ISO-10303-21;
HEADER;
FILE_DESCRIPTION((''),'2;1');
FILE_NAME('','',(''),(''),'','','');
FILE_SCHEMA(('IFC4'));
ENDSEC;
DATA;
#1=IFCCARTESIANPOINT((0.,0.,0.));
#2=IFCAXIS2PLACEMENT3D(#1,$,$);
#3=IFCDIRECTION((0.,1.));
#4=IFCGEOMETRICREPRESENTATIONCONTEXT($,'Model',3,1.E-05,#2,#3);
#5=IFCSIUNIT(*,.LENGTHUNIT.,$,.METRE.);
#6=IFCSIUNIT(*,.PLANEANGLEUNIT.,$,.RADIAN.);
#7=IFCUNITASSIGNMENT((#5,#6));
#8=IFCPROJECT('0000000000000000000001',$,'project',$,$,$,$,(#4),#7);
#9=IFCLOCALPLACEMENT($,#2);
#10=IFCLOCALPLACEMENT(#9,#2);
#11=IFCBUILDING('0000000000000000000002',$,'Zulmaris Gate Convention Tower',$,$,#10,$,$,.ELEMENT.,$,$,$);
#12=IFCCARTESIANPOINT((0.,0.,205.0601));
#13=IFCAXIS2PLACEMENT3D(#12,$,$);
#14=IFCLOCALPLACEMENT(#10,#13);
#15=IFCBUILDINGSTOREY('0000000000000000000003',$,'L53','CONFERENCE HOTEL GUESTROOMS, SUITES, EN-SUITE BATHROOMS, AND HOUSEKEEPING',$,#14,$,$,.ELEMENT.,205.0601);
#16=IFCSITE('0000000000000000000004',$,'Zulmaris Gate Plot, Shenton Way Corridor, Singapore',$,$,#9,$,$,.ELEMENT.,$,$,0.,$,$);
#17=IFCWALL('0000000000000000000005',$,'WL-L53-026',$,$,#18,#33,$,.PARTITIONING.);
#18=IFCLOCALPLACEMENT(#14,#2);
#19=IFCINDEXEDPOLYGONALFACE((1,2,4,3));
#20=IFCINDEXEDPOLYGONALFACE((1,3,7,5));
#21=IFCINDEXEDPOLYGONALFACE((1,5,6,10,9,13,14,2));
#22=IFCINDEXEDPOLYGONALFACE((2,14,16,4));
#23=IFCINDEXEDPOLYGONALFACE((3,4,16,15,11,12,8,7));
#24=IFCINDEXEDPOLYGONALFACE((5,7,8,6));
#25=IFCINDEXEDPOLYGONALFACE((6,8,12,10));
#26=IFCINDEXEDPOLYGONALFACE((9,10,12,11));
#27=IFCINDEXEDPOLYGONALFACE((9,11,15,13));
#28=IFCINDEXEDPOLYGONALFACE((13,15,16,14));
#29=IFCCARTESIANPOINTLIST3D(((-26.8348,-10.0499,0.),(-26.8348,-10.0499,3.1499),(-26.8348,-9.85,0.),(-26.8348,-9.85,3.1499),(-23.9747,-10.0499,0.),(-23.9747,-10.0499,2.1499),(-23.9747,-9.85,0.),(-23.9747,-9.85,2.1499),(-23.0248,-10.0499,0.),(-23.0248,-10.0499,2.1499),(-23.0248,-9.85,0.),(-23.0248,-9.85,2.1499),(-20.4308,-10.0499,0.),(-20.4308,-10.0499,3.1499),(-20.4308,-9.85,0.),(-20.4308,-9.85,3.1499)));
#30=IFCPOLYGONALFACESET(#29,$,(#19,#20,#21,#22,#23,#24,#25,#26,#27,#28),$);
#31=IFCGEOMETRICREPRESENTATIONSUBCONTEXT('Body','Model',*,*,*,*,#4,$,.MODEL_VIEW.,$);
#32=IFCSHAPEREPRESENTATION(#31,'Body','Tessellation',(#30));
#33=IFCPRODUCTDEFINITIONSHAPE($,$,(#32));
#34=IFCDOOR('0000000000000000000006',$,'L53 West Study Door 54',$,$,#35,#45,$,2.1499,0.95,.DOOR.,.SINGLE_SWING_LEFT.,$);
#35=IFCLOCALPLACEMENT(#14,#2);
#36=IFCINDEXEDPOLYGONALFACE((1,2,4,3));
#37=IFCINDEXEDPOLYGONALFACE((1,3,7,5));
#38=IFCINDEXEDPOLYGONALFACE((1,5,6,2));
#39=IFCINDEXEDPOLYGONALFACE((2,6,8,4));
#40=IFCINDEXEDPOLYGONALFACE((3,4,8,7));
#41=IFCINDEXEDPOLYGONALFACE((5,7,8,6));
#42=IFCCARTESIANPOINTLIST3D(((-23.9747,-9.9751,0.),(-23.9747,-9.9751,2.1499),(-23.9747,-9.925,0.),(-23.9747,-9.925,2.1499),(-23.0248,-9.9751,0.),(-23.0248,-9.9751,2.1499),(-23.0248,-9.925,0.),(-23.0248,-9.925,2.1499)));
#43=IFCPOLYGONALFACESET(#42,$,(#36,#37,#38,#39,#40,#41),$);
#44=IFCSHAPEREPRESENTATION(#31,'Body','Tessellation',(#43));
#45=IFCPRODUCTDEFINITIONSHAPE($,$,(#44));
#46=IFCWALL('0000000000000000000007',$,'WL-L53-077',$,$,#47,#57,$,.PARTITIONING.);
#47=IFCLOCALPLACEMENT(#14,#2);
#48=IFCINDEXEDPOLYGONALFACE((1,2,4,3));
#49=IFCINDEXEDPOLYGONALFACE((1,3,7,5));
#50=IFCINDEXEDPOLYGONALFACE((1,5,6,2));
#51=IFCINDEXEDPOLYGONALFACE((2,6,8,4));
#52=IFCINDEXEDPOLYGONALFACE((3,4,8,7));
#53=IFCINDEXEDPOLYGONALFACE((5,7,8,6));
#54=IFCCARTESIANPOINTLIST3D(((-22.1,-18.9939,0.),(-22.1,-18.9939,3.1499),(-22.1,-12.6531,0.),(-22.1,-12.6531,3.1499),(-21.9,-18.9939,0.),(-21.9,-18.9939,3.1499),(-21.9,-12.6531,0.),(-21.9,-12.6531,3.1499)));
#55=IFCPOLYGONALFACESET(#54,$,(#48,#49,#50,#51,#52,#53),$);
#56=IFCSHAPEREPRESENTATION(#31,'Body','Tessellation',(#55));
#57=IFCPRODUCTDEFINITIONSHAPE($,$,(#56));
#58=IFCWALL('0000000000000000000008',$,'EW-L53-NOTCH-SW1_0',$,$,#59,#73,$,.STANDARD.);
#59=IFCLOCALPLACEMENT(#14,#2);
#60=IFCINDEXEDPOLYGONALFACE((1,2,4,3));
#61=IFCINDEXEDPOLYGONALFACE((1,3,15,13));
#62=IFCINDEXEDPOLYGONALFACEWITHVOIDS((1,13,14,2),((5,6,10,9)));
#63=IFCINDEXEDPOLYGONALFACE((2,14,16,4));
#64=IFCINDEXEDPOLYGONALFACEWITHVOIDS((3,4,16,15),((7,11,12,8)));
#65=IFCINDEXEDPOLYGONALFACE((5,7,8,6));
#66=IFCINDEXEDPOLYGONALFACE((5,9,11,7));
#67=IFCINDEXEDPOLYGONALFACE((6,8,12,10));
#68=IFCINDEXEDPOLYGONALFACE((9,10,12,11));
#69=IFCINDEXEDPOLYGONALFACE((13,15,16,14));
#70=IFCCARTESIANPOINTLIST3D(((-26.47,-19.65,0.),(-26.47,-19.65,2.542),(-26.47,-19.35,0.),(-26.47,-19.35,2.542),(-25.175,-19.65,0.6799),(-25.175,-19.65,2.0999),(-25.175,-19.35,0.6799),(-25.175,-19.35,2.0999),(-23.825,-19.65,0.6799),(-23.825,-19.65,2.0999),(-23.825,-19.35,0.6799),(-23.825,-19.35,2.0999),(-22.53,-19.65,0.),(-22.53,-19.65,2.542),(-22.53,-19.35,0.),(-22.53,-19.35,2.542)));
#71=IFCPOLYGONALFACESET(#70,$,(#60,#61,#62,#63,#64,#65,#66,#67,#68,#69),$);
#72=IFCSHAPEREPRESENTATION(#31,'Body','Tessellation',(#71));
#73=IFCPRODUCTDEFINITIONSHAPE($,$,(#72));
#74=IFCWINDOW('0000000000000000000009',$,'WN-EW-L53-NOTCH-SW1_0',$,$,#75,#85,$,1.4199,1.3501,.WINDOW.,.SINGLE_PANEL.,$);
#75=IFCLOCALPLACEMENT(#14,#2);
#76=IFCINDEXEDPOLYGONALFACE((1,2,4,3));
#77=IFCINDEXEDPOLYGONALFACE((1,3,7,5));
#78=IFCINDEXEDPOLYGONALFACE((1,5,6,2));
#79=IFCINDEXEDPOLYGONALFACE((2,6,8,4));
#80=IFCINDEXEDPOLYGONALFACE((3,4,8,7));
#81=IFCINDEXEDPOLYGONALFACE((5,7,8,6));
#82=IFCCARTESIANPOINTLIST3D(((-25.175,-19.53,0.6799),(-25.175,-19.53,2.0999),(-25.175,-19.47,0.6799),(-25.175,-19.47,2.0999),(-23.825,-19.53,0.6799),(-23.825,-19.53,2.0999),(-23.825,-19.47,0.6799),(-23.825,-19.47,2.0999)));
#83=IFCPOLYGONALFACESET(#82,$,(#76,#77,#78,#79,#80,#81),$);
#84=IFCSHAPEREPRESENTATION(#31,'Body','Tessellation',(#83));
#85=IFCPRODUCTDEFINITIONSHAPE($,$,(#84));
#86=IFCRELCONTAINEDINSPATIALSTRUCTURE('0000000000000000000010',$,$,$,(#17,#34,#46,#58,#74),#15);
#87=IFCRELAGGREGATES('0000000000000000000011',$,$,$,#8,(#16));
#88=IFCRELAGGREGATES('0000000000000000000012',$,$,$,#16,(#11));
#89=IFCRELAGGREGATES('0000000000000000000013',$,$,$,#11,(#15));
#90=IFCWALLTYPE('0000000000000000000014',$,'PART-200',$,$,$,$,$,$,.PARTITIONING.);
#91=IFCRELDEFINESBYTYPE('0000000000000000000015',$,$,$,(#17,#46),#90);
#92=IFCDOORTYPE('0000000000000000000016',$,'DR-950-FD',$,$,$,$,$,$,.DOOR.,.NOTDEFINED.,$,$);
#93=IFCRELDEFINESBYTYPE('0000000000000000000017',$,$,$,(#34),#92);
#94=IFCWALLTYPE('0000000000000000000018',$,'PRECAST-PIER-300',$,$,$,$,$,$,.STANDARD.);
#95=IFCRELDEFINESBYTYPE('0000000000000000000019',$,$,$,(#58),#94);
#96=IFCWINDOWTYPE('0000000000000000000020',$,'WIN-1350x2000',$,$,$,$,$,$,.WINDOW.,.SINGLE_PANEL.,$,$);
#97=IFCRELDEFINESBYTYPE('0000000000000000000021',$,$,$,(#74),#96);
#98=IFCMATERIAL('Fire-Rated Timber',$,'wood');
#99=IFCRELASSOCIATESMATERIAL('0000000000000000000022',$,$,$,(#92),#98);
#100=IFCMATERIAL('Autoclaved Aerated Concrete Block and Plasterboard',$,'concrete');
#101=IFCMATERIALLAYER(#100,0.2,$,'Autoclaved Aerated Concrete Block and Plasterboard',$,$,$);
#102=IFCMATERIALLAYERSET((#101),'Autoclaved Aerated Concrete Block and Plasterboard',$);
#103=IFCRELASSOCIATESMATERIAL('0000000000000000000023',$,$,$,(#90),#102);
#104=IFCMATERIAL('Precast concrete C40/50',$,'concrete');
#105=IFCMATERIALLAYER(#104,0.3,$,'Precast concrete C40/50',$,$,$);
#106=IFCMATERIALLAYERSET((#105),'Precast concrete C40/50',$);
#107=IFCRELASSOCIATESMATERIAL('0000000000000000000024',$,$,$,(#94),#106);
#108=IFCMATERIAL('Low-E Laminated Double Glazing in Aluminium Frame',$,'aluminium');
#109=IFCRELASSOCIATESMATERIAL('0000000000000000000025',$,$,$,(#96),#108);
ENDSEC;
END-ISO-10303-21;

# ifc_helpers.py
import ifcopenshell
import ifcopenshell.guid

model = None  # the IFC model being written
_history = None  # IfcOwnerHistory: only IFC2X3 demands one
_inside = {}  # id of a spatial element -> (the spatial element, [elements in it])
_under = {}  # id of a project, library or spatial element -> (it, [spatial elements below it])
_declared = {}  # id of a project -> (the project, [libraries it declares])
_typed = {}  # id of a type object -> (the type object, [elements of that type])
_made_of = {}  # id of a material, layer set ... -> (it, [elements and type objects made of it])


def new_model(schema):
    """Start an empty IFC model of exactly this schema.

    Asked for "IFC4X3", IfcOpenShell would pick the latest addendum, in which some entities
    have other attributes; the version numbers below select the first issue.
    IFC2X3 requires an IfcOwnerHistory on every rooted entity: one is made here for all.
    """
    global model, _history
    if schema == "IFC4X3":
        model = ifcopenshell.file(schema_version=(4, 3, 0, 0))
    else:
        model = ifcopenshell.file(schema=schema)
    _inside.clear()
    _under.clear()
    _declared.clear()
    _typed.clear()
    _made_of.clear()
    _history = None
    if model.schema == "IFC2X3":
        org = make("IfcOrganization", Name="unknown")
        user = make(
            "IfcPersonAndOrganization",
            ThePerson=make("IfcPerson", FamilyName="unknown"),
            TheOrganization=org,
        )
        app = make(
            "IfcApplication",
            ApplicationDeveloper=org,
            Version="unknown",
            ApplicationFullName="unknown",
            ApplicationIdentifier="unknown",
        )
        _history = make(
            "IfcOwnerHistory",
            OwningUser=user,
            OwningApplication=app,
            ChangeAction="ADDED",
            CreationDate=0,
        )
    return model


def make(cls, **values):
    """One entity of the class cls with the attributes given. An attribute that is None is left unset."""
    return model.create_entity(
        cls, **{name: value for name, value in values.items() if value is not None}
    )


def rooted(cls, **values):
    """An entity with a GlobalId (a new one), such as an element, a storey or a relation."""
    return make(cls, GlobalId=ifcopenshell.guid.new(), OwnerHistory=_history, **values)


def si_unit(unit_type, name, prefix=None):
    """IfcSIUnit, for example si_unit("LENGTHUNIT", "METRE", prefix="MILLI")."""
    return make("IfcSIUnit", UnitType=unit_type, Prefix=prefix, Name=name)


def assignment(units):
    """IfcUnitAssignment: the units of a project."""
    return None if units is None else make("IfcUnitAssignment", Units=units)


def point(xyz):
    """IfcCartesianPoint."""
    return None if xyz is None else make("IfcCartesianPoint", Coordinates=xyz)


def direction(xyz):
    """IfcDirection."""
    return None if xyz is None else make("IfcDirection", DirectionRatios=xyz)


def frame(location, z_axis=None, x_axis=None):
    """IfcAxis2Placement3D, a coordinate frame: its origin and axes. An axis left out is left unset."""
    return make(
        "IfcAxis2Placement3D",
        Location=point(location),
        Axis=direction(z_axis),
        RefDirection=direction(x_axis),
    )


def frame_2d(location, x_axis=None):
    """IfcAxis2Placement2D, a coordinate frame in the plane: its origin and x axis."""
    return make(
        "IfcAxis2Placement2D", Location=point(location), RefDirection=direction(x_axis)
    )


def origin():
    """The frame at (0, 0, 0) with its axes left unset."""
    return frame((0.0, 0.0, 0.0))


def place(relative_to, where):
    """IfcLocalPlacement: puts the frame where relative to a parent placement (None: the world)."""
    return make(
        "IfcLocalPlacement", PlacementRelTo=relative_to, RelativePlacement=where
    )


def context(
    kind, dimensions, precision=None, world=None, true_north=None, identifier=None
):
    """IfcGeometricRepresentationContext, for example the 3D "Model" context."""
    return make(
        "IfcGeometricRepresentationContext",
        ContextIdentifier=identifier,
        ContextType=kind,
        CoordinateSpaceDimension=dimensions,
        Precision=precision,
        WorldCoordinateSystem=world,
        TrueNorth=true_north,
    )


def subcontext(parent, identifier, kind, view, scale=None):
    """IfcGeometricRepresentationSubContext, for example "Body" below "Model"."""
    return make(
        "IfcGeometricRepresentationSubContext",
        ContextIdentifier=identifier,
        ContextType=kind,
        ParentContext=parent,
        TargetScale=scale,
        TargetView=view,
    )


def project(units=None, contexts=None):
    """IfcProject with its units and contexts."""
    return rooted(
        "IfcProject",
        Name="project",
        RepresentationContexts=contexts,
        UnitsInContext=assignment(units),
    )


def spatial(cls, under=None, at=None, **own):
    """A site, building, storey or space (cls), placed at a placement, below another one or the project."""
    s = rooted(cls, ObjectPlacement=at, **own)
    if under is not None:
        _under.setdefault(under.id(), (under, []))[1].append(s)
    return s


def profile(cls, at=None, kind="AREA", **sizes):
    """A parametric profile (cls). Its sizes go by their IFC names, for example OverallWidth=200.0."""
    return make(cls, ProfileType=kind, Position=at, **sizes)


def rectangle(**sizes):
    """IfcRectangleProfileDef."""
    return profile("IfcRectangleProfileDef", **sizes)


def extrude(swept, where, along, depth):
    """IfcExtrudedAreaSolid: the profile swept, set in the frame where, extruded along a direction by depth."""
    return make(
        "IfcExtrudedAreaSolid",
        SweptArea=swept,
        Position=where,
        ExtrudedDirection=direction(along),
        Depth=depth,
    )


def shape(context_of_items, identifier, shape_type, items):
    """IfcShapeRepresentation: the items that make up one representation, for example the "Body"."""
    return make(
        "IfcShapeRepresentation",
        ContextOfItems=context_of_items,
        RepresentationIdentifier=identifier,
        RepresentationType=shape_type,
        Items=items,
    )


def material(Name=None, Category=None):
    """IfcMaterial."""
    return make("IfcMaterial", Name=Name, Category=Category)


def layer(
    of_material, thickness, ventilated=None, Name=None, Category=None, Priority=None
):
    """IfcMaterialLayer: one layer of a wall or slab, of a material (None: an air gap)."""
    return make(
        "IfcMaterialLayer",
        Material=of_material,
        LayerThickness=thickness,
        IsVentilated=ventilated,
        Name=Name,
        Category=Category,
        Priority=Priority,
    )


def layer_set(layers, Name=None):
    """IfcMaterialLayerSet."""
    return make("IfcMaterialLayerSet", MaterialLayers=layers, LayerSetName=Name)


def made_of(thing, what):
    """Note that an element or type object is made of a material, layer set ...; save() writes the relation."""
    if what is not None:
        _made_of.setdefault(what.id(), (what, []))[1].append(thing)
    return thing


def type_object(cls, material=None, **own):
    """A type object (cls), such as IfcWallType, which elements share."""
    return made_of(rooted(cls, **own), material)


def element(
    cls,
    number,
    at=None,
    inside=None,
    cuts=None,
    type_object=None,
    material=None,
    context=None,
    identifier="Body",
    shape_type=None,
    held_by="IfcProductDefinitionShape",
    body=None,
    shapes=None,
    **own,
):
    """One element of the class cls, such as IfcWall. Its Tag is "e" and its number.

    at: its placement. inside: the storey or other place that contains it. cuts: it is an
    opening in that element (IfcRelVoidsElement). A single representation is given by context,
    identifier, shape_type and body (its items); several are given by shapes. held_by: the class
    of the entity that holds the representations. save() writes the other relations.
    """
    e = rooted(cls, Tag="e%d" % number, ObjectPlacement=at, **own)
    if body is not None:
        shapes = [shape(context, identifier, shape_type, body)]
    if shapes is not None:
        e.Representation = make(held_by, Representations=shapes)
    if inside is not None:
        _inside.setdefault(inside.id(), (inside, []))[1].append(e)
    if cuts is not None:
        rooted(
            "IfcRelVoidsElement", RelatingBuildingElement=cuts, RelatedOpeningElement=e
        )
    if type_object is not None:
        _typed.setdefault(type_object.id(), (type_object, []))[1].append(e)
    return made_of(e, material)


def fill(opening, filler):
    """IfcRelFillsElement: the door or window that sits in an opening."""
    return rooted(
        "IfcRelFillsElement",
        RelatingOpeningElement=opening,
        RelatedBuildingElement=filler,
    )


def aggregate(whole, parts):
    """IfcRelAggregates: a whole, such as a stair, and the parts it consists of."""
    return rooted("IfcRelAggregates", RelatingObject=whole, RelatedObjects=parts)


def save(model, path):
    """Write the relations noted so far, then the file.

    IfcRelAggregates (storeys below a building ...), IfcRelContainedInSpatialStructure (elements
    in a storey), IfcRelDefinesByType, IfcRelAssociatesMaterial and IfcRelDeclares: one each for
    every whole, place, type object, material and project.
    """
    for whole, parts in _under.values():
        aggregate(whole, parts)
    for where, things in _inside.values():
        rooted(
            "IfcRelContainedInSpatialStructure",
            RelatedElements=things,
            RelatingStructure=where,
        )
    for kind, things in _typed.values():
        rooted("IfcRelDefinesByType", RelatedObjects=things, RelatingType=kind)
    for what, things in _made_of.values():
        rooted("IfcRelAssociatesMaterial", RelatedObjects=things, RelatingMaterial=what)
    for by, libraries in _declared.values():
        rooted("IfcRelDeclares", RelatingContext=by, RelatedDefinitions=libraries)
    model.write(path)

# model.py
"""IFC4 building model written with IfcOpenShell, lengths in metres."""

from ifc_helpers import new_model, si_unit, direction, frame, frame_2d, origin, place, context, subcontext, project, spatial, rectangle, extrude, material, layer, layer_set, type_object, element, fill, save


model = new_model("IFC4")

# Units and contexts
model_context = context("Model", 3, precision=1e-05, world=origin(), true_north=direction((0.0, 1.0)))
body_context = subcontext(model_context, "Body", "Model", "MODEL_VIEW")
ifc_project = project(units=[si_unit("LENGTHUNIT", "METRE"), si_unit("PLANEANGLEUNIT", "RADIAN")], contexts=[model_context])

# Site, building, storey
site_placement = place(None, origin())
site = spatial("IfcSite", under=ifc_project, at=site_placement, Name="Zulmaris Gate Plot, Shenton Way Corridor, Singapore", CompositionType="ELEMENT", RefElevation=0.0)
building_placement = place(site_placement, origin())
building = spatial("IfcBuilding", under=site, at=building_placement, Name="Zulmaris Gate Convention Tower", CompositionType="ELEMENT")
storey_placement = place(building_placement, frame((0.0, 0.0, 205.0601)))
storey = spatial("IfcBuildingStorey", under=building, at=storey_placement, Name="L53", Description="CONFERENCE HOTEL GUESTROOMS, SUITES, EN-SUITE BATHROOMS, AND HOUSEKEEPING", CompositionType="ELEMENT", Elevation=205.0601)

# Shared definitions
ifc_material_1 = material(Name="Fire-Rated Timber", Category="wood")
door_type_1 = type_object("IfcDoorType", Name="DR-950-FD", OperationType="NOTDEFINED", PredefinedType="DOOR", material=ifc_material_1)

# Shared definitions
ifc_material_2 = material(Name="Autoclaved Aerated Concrete Block and Plasterboard", Category="concrete")
ifc_layer_1 = layer(ifc_material_2, 0.2, Name="Autoclaved Aerated Concrete Block and Plasterboard")
ifc_layer_set_1 = layer_set([ifc_layer_1], Name="Autoclaved Aerated Concrete Block and Plasterboard")
wall_type_1 = type_object("IfcWallType", Name="PART-200", PredefinedType="PARTITIONING", material=ifc_layer_set_1)

# Wall, opening, door
wall_1_placement = place(storey_placement, frame((-26.835, -9.95, 0.0), z_axis=(0.0, 0.0, 1.0), x_axis=(1.0, 0.0, 0.0)))
wall_1 = element("IfcWall", 1, at=wall_1_placement, inside=storey, type_object=wall_type_1, Name="WL-L53-026", PredefinedType="PARTITIONING", context=body_context, shape_type="SweptSolid", body=[
    extrude(rectangle(XDim=6.4041, YDim=0.2, at=frame_2d((3.2021, 0.0))), origin(), (0.0, 0.0, 1.0), 3.1499),
])
opening_1_placement = place(wall_1_placement, frame((2.8601, 0.0, 0.0)))
opening_1 = element("IfcOpeningElement", 2, at=opening_1_placement, cuts=wall_1, PredefinedType="OPENING", context=body_context, shape_type="SweptSolid", body=[
    extrude(rectangle(XDim=0.95, YDim=2.1499, at=frame_2d((0.4751, 1.075))), frame((0.0, 0.1099, 0.0), z_axis=(0.0, -1.0, 0.0), x_axis=(1.0, 0.0, 0.0)), (0.0, 0.0, 1.0), 0.22),
])
door_1_placement = place(opening_1_placement, origin())
door_1 = element("IfcDoor", 3, at=door_1_placement, inside=storey, type_object=door_type_1, Name="L53 West Study Door 54", OperationType="SINGLE_SWING_LEFT", OverallHeight=2.1499, OverallWidth=0.95, PredefinedType="DOOR", context=body_context, shape_type="SweptSolid", body=[
    extrude(rectangle(XDim=0.95, YDim=2.1499, at=frame_2d((0.4751, 1.075))), frame((0.0, 0.0249, 0.0), z_axis=(0.0, -1.0, 0.0), x_axis=(1.0, 0.0, 0.0)), (0.0, 0.0, 1.0), 0.05),
])
fill(opening_1, door_1)

# Wall
wall_2_placement = place(storey_placement, frame((-22.0, -18.9939, 0.0), z_axis=(0.0, 0.0, 1.0), x_axis=(0.0, 1.0, 0.0)))
element("IfcWall", 4, at=wall_2_placement, inside=storey, type_object=wall_type_1, Name="WL-L53-077", PredefinedType="PARTITIONING", context=body_context, shape_type="SweptSolid", body=[
    extrude(rectangle(XDim=6.3408, YDim=0.2, at=frame_2d((3.1704, 0.0))), origin(), (0.0, 0.0, 1.0), 3.1499),
])

# Wall, opening, window
ifc_material_3 = material(Name="Precast concrete C40/50", Category="concrete")
ifc_layer_2 = layer(ifc_material_3, 0.3, Name="Precast concrete C40/50")
ifc_layer_set_2 = layer_set([ifc_layer_2], Name="Precast concrete C40/50")
wall_type_2 = type_object("IfcWallType", Name="PRECAST-PIER-300", PredefinedType="STANDARD", material=ifc_layer_set_2)
wall_3_placement = place(storey_placement, frame((-26.47, -19.5, 0.0), z_axis=(0.0, 0.0, 1.0), x_axis=(1.0, 0.0, 0.0)))
wall_3 = element("IfcWall", 5, at=wall_3_placement, inside=storey, type_object=wall_type_2, Name="EW-L53-NOTCH-SW1_0", PredefinedType="STANDARD", context=body_context, shape_type="SweptSolid", body=[
    extrude(rectangle(XDim=3.9399, YDim=0.3, at=frame_2d((1.97, 0.0))), origin(), (0.0, 0.0, 1.0), 2.542),
])
opening_2_placement = place(wall_3_placement, frame((1.2949, 0.0, 0.6799)))
opening_2 = element("IfcOpeningElement", 6, at=opening_2_placement, cuts=wall_3, PredefinedType="OPENING", context=body_context, shape_type="SweptSolid", body=[
    extrude(rectangle(XDim=1.3501, YDim=1.4199, at=frame_2d((0.675, 0.71))), frame((0.0, 0.1602, 0.0), z_axis=(0.0, -1.0, 0.0), x_axis=(1.0, 0.0, 0.0)), (0.0, 0.0, 1.0), 0.3201),
])
ifc_material_4 = material(Name="Low-E Laminated Double Glazing in Aluminium Frame", Category="aluminium")
window_type = type_object("IfcWindowType", Name="WIN-1350x2000", PartitioningType="SINGLE_PANEL", PredefinedType="WINDOW", material=ifc_material_4)
window_placement = place(opening_2_placement, origin())
window = element("IfcWindow", 7, at=window_placement, inside=storey, type_object=window_type, Name="WN-EW-L53-NOTCH-SW1_0", OverallHeight=1.4199, OverallWidth=1.3501, PartitioningType="SINGLE_PANEL", PredefinedType="WINDOW", context=body_context, shape_type="SweptSolid", body=[
    extrude(rectangle(XDim=1.3501, YDim=1.4199, at=frame_2d((0.675, 0.71))), frame((0.0, 0.03, 0.0), z_axis=(0.0, -1.0, 0.0), x_axis=(1.0, 0.0, 0.0)), (0.0, 0.0, 1.0), 0.0601),
])
fill(opening_2, window)

save(model, "model.ifc")
